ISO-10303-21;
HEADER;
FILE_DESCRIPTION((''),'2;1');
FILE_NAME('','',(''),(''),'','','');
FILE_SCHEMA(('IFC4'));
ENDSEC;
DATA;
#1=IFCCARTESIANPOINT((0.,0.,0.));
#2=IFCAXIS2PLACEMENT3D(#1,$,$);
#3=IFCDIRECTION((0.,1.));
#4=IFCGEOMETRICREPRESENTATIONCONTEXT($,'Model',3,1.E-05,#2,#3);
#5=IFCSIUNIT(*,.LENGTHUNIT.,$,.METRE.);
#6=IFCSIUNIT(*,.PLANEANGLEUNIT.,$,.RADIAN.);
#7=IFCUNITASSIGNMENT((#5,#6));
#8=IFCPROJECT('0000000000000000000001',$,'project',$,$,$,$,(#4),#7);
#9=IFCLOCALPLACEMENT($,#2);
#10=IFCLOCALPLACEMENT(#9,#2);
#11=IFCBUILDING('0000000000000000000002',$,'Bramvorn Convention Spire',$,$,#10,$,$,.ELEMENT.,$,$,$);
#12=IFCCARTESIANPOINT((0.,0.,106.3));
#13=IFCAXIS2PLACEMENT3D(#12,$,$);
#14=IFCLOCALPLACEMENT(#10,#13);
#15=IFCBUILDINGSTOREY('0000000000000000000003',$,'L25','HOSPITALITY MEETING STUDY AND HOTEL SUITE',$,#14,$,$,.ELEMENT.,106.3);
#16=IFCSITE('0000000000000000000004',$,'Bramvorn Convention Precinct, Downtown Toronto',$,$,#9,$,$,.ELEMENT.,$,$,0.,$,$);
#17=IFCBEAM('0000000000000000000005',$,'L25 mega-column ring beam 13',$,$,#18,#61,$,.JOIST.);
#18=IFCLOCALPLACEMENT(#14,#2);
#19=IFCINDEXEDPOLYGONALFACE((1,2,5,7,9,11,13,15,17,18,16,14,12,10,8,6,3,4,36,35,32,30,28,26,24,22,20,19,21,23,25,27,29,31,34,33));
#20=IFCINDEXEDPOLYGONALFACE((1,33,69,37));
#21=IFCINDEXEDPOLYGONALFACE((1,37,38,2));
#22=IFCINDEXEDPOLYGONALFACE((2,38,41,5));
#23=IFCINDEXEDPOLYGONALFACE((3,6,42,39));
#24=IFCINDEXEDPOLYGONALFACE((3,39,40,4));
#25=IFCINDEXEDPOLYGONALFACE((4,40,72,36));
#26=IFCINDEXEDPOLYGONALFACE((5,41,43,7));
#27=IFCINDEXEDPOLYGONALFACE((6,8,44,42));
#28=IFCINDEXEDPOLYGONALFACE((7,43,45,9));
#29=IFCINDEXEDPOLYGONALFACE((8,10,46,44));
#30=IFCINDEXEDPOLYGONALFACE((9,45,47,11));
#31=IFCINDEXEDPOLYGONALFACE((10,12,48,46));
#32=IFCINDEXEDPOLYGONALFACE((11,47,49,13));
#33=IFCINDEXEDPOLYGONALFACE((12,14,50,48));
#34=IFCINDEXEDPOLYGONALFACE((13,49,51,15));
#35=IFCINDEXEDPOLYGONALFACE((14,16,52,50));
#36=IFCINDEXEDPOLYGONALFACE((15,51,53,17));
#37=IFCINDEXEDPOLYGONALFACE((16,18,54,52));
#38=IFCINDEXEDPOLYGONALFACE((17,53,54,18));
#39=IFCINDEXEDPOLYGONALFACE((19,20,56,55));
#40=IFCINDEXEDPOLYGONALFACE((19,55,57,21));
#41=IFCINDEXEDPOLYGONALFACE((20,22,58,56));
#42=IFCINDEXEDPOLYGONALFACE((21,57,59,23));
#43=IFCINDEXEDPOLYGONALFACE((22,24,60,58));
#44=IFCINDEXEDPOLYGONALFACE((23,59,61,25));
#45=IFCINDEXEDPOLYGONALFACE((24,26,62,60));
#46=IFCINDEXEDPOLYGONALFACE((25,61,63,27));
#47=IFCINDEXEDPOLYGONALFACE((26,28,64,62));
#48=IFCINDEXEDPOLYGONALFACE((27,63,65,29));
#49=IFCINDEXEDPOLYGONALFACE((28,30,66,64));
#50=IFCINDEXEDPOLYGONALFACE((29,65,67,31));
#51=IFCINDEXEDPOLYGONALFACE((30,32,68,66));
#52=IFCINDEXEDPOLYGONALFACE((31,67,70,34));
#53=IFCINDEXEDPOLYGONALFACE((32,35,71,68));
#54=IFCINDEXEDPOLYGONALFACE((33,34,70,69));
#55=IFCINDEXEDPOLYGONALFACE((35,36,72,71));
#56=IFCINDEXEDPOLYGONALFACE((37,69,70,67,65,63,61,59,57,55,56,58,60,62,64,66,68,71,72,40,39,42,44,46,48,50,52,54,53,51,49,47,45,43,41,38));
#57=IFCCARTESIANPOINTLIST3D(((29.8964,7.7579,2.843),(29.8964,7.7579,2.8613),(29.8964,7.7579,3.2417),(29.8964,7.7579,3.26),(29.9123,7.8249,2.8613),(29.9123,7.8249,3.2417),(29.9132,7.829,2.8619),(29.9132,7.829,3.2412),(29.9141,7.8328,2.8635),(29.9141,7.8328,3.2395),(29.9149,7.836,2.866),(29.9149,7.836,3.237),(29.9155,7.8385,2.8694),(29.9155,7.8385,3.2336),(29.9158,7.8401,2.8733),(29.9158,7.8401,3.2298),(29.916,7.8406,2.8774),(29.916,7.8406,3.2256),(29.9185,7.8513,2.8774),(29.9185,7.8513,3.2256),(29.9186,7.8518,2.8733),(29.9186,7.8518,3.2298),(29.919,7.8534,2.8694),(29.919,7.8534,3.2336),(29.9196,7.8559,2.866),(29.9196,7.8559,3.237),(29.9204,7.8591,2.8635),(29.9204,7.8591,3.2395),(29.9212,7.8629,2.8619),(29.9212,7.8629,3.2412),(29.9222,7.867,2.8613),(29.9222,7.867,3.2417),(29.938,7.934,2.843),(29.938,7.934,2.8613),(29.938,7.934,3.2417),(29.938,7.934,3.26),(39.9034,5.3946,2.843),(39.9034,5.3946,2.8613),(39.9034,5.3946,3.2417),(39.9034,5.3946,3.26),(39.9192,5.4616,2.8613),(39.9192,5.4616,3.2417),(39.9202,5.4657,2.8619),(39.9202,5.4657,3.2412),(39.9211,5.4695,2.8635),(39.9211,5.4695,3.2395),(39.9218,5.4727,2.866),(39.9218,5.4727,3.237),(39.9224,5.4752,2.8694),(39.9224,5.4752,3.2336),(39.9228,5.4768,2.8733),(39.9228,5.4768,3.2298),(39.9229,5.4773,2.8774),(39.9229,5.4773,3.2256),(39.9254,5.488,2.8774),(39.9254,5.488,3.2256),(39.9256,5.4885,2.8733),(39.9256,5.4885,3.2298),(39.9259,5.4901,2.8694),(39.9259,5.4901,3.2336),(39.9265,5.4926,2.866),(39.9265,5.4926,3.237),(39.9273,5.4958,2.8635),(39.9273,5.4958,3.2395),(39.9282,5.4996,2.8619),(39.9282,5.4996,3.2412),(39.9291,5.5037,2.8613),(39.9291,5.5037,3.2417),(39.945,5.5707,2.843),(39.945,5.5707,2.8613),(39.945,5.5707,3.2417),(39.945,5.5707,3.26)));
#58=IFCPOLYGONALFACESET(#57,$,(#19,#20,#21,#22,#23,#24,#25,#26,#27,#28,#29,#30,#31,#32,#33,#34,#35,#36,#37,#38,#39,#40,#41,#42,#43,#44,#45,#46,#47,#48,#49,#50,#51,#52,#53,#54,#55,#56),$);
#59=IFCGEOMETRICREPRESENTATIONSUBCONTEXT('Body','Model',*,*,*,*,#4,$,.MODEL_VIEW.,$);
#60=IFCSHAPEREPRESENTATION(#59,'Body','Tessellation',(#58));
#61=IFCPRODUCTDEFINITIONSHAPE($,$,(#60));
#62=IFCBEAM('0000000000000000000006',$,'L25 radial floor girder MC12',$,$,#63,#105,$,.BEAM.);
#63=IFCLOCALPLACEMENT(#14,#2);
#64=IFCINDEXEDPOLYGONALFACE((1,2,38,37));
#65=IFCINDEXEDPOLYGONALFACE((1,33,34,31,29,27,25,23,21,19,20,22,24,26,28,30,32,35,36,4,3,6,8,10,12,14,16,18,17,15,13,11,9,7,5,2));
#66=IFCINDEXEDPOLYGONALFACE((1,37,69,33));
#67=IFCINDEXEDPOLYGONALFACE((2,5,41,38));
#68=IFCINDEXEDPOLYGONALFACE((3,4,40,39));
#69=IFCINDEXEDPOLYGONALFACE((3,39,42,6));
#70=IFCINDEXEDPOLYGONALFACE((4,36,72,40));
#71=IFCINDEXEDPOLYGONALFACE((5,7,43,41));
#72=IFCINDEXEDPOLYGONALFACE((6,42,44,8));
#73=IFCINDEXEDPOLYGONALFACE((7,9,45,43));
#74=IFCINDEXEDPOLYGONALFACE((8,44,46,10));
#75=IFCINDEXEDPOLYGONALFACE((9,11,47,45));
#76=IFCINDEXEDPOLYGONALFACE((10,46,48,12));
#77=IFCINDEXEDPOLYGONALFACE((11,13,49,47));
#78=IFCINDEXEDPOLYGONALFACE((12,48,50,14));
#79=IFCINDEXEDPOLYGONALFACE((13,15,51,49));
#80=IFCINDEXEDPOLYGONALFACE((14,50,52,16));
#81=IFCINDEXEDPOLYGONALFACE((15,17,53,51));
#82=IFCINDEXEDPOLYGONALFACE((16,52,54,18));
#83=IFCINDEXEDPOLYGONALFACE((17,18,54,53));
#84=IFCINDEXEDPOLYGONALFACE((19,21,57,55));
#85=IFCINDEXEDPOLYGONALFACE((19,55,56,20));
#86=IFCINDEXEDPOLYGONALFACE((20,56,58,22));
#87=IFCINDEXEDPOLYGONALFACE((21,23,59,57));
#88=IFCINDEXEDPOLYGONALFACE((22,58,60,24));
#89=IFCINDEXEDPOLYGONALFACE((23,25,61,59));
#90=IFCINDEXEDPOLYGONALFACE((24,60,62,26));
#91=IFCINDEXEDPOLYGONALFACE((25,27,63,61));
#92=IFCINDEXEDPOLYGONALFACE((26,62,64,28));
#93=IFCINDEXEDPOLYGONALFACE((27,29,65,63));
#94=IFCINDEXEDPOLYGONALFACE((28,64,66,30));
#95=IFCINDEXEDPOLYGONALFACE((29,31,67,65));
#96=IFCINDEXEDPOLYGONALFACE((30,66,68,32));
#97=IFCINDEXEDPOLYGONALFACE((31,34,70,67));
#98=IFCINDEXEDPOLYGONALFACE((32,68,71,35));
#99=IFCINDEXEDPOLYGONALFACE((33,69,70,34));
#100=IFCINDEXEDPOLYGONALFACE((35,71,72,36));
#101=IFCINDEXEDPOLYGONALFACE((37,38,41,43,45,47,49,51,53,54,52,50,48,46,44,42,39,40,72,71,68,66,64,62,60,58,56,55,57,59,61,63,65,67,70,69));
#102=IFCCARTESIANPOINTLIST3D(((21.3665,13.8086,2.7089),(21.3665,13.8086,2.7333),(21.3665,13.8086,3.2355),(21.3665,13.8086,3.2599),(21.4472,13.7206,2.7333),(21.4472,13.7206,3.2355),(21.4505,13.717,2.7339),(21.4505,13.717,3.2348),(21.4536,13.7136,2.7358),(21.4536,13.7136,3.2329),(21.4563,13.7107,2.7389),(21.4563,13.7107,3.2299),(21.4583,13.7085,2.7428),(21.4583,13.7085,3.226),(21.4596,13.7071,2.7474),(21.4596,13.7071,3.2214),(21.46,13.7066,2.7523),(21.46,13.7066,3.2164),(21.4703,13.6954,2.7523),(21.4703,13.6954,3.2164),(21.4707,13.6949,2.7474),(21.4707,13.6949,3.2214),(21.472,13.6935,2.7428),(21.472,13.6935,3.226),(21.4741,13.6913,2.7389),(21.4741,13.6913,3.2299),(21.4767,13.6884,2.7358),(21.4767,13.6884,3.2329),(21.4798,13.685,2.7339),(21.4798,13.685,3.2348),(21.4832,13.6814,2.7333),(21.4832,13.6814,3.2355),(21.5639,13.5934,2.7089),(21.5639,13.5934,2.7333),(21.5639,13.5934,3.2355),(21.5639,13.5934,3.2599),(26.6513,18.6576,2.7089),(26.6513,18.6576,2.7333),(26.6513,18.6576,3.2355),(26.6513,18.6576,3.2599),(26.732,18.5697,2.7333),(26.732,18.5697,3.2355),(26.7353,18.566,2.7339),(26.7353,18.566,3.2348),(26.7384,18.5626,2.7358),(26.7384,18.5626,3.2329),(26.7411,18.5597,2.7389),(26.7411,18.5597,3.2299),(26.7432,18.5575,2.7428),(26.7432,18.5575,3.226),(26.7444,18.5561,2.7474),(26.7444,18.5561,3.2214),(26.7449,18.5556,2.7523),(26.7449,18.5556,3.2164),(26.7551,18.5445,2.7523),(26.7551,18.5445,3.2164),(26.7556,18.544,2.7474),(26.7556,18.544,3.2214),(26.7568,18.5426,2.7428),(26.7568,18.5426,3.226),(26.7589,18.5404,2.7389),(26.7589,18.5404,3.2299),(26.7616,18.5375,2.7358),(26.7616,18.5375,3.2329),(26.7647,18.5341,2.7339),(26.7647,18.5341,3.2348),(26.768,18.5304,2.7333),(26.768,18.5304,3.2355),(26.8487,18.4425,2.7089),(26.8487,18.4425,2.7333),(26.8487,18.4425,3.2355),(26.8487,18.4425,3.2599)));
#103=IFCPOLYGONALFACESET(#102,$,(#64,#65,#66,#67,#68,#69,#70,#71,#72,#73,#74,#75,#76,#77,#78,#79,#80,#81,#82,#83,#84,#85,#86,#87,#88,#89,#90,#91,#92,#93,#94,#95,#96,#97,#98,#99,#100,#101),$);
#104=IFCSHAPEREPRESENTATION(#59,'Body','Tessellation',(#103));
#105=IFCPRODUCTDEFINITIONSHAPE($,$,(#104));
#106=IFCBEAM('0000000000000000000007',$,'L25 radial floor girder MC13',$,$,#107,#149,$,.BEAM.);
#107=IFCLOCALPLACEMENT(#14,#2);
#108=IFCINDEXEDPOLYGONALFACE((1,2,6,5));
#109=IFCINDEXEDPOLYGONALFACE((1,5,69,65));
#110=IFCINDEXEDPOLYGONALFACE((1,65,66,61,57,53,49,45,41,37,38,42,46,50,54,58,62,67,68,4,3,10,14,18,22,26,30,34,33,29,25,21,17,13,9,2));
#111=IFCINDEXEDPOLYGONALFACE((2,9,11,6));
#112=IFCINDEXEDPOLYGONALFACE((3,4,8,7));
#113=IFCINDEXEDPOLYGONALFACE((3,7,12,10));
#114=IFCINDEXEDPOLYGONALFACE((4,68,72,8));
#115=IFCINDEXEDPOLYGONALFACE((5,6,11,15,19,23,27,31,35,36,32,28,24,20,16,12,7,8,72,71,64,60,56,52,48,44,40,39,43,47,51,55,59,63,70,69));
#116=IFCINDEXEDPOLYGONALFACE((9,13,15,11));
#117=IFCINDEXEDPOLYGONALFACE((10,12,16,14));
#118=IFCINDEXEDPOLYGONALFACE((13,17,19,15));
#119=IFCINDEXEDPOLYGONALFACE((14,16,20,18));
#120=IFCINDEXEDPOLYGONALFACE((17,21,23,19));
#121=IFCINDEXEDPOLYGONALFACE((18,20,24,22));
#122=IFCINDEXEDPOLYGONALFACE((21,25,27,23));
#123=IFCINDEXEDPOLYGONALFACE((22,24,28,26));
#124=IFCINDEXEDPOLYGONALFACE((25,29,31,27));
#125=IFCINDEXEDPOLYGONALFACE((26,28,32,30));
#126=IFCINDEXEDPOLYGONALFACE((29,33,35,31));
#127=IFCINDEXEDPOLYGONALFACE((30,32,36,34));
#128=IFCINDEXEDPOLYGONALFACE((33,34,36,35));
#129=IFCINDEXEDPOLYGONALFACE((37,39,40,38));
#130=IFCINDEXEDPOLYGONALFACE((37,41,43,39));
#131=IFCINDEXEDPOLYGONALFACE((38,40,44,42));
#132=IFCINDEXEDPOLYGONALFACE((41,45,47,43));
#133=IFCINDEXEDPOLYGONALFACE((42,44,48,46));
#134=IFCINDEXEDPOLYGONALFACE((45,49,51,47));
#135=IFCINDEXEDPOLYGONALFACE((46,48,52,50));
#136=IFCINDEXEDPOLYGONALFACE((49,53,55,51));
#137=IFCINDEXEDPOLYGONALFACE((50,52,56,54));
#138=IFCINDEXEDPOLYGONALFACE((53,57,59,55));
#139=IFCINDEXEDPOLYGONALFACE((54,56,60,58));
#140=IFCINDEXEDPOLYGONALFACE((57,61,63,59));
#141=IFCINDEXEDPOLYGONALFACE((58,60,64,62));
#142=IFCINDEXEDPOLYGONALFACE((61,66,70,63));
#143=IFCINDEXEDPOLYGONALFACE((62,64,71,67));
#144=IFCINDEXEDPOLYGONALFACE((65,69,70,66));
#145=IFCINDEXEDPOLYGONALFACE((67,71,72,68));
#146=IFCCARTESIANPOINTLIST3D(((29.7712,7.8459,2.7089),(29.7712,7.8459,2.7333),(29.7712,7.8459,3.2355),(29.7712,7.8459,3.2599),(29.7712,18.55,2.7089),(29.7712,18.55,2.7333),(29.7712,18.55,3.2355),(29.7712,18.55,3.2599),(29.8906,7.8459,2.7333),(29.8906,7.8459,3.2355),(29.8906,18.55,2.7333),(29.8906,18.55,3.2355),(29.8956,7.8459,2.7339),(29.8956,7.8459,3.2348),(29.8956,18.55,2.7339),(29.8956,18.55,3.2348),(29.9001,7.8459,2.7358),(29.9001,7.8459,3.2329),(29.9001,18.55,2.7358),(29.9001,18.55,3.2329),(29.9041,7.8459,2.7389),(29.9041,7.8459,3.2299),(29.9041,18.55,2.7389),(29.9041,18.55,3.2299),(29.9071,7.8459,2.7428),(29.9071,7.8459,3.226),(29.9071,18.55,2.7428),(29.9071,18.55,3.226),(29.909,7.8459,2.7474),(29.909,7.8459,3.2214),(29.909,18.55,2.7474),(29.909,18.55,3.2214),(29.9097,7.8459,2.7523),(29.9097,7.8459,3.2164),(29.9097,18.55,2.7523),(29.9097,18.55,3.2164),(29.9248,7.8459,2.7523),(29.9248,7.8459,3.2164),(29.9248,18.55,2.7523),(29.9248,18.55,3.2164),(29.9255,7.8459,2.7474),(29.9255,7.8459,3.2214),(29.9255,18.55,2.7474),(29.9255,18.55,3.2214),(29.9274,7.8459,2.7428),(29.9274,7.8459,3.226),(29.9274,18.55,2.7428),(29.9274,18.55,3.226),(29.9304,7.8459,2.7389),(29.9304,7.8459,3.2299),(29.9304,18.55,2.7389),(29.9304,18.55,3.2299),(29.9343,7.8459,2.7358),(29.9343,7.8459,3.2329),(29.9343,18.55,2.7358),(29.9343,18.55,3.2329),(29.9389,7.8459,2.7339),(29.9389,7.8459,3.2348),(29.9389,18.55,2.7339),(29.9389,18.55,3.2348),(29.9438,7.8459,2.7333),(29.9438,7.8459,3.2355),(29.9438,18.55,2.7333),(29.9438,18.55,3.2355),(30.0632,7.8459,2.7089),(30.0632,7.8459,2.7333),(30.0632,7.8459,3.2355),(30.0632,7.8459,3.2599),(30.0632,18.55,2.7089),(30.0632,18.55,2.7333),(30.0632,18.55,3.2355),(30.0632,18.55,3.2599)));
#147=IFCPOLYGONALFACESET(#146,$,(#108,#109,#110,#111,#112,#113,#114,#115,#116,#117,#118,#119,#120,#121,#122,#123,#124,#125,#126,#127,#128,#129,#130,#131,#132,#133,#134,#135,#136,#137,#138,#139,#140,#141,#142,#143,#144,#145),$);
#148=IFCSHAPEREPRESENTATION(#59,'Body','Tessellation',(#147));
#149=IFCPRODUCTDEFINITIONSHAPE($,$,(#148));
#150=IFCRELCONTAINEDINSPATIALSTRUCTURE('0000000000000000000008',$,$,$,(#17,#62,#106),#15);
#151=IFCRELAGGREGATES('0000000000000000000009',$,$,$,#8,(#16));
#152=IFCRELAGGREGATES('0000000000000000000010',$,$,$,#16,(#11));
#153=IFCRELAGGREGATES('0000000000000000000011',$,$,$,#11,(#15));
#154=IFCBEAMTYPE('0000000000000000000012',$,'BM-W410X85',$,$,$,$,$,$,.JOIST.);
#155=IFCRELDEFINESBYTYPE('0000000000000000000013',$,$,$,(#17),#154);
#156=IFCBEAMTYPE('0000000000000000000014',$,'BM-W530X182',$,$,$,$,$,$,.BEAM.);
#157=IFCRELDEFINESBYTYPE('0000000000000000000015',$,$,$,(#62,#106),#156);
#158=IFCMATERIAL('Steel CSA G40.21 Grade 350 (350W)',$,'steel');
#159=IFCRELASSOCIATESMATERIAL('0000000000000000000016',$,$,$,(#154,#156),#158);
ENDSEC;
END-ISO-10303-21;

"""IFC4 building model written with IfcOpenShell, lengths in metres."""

from ifc_helpers import new_model, si_unit, direction, frame, origin, origin_2d, place, context, subcontext, project, spatial, i_section, extrude, material, material_profile, profile_set, type_object, element, save


model = new_model("IFC4")

# Units and contexts
model_context = context("Model", 3, precision=1e-05, world=origin(), true_north=direction((0.0, 1.0)))
body_context = subcontext(model_context, "Body", "Model", "MODEL_VIEW")
ifc_project = project(units=[si_unit("LENGTHUNIT", "METRE"), si_unit("PLANEANGLEUNIT", "RADIAN")], contexts=[model_context])

# Site, building, storey
site_placement = place(None, origin())
site = spatial("IfcSite", under=ifc_project, at=site_placement, Name="Bramvorn Convention Precinct, Downtown Toronto", CompositionType="ELEMENT", RefElevation=0.0)
building_placement = place(site_placement, origin())
building = spatial("IfcBuilding", under=site, at=building_placement, Name="Bramvorn Convention Spire", CompositionType="ELEMENT")
storey_placement = place(building_placement, frame((0.0, 0.0, 106.3)))
storey = spatial("IfcBuildingStorey", under=building, at=storey_placement, Name="L25", Description="HOSPITALITY MEETING STUDY AND HOTEL SUITE", CompositionType="ELEMENT", Elevation=106.3)

# Shared definitions
ifc_material_1 = material(Name="Steel CSA G40.21 Grade 350 (350W)", Category="steel")

# Beams
ifc_material_profile_1 = material_profile(ifc_material_1, i_section(OverallWidth=0.1809, OverallDepth=0.417, WebThickness=0.011, FlangeThickness=0.0183, FilletRadius=0.0161, at=origin_2d()))
ifc_profile_set_1 = profile_set([ifc_material_profile_1], Name="Steel CSA G40.21 Grade 350 (350W) - W410X85")
beam_type_1 = type_object("IfcBeamType", Name="BM-W410X85", PredefinedType="JOIST", material=ifc_profile_set_1)
beam_1_placement = place(storey_placement, frame((29.9172, 7.8459, 3.0515), z_axis=(0.973228, -0.229844, 0.0), x_axis=(0.229844, 0.973228, 0.0)))
element("IfcBeam", 1, at=beam_1_placement, inside=storey, type_object=beam_type_1, Name="L25 mega-column ring beam 13", PredefinedType="JOIST", context=body_context, shape_type="SweptSolid", body=[
    extrude(i_section(OverallWidth=0.1809, OverallDepth=0.417, WebThickness=0.011, FlangeThickness=0.0183, FilletRadius=0.0161, at=origin_2d()), origin(), (0.0, 0.0, 1.0), 10.2822),
])
ifc_material_profile_2 = material_profile(ifc_material_1, i_section(OverallWidth=0.292, OverallDepth=0.551, WebThickness=0.0151, FlangeThickness=0.0244, FilletRadius=0.019, at=origin_2d()))
ifc_profile_set_2 = profile_set([ifc_material_profile_2], Name="Steel CSA G40.21 Grade 350 (350W) - W530X182")
beam_type_2 = type_object("IfcBeamType", Name="BM-W530X182", PredefinedType="BEAM", material=ifc_profile_set_2)
beam_2_placement = place(storey_placement, frame((26.75, 18.55, 2.9844), z_axis=(-0.736833, -0.676074, 0.0), x_axis=(0.676074, -0.736833, 0.0)))
element("IfcBeam", 2, at=beam_2_placement, inside=storey, type_object=beam_type_2, Name="L25 radial floor girder MC12", PredefinedType="BEAM", context=body_context, shape_type="SweptSolid", body=[
    extrude(i_section(OverallWidth=0.292, OverallDepth=0.551, WebThickness=0.0151, FlangeThickness=0.0244, FilletRadius=0.019, at=origin_2d()), origin(), (0.0, 0.0, 1.0), 7.1724),
])
beam_3_placement = place(storey_placement, frame((29.9172, 18.55, 2.9844), z_axis=(0.0, -1.0, 0.0), x_axis=(1.0, 0.0, 0.0)))
element("IfcBeam", 3, at=beam_3_placement, inside=storey, type_object=beam_type_2, Name="L25 radial floor girder MC13", PredefinedType="BEAM", context=body_context, shape_type="SweptSolid", body=[
    extrude(i_section(OverallWidth=0.292, OverallDepth=0.551, WebThickness=0.0151, FlangeThickness=0.0244, FilletRadius=0.019, at=origin_2d()), origin(), (0.0, 0.0, 1.0), 10.7041),
])

save(model, "model.ifc")
